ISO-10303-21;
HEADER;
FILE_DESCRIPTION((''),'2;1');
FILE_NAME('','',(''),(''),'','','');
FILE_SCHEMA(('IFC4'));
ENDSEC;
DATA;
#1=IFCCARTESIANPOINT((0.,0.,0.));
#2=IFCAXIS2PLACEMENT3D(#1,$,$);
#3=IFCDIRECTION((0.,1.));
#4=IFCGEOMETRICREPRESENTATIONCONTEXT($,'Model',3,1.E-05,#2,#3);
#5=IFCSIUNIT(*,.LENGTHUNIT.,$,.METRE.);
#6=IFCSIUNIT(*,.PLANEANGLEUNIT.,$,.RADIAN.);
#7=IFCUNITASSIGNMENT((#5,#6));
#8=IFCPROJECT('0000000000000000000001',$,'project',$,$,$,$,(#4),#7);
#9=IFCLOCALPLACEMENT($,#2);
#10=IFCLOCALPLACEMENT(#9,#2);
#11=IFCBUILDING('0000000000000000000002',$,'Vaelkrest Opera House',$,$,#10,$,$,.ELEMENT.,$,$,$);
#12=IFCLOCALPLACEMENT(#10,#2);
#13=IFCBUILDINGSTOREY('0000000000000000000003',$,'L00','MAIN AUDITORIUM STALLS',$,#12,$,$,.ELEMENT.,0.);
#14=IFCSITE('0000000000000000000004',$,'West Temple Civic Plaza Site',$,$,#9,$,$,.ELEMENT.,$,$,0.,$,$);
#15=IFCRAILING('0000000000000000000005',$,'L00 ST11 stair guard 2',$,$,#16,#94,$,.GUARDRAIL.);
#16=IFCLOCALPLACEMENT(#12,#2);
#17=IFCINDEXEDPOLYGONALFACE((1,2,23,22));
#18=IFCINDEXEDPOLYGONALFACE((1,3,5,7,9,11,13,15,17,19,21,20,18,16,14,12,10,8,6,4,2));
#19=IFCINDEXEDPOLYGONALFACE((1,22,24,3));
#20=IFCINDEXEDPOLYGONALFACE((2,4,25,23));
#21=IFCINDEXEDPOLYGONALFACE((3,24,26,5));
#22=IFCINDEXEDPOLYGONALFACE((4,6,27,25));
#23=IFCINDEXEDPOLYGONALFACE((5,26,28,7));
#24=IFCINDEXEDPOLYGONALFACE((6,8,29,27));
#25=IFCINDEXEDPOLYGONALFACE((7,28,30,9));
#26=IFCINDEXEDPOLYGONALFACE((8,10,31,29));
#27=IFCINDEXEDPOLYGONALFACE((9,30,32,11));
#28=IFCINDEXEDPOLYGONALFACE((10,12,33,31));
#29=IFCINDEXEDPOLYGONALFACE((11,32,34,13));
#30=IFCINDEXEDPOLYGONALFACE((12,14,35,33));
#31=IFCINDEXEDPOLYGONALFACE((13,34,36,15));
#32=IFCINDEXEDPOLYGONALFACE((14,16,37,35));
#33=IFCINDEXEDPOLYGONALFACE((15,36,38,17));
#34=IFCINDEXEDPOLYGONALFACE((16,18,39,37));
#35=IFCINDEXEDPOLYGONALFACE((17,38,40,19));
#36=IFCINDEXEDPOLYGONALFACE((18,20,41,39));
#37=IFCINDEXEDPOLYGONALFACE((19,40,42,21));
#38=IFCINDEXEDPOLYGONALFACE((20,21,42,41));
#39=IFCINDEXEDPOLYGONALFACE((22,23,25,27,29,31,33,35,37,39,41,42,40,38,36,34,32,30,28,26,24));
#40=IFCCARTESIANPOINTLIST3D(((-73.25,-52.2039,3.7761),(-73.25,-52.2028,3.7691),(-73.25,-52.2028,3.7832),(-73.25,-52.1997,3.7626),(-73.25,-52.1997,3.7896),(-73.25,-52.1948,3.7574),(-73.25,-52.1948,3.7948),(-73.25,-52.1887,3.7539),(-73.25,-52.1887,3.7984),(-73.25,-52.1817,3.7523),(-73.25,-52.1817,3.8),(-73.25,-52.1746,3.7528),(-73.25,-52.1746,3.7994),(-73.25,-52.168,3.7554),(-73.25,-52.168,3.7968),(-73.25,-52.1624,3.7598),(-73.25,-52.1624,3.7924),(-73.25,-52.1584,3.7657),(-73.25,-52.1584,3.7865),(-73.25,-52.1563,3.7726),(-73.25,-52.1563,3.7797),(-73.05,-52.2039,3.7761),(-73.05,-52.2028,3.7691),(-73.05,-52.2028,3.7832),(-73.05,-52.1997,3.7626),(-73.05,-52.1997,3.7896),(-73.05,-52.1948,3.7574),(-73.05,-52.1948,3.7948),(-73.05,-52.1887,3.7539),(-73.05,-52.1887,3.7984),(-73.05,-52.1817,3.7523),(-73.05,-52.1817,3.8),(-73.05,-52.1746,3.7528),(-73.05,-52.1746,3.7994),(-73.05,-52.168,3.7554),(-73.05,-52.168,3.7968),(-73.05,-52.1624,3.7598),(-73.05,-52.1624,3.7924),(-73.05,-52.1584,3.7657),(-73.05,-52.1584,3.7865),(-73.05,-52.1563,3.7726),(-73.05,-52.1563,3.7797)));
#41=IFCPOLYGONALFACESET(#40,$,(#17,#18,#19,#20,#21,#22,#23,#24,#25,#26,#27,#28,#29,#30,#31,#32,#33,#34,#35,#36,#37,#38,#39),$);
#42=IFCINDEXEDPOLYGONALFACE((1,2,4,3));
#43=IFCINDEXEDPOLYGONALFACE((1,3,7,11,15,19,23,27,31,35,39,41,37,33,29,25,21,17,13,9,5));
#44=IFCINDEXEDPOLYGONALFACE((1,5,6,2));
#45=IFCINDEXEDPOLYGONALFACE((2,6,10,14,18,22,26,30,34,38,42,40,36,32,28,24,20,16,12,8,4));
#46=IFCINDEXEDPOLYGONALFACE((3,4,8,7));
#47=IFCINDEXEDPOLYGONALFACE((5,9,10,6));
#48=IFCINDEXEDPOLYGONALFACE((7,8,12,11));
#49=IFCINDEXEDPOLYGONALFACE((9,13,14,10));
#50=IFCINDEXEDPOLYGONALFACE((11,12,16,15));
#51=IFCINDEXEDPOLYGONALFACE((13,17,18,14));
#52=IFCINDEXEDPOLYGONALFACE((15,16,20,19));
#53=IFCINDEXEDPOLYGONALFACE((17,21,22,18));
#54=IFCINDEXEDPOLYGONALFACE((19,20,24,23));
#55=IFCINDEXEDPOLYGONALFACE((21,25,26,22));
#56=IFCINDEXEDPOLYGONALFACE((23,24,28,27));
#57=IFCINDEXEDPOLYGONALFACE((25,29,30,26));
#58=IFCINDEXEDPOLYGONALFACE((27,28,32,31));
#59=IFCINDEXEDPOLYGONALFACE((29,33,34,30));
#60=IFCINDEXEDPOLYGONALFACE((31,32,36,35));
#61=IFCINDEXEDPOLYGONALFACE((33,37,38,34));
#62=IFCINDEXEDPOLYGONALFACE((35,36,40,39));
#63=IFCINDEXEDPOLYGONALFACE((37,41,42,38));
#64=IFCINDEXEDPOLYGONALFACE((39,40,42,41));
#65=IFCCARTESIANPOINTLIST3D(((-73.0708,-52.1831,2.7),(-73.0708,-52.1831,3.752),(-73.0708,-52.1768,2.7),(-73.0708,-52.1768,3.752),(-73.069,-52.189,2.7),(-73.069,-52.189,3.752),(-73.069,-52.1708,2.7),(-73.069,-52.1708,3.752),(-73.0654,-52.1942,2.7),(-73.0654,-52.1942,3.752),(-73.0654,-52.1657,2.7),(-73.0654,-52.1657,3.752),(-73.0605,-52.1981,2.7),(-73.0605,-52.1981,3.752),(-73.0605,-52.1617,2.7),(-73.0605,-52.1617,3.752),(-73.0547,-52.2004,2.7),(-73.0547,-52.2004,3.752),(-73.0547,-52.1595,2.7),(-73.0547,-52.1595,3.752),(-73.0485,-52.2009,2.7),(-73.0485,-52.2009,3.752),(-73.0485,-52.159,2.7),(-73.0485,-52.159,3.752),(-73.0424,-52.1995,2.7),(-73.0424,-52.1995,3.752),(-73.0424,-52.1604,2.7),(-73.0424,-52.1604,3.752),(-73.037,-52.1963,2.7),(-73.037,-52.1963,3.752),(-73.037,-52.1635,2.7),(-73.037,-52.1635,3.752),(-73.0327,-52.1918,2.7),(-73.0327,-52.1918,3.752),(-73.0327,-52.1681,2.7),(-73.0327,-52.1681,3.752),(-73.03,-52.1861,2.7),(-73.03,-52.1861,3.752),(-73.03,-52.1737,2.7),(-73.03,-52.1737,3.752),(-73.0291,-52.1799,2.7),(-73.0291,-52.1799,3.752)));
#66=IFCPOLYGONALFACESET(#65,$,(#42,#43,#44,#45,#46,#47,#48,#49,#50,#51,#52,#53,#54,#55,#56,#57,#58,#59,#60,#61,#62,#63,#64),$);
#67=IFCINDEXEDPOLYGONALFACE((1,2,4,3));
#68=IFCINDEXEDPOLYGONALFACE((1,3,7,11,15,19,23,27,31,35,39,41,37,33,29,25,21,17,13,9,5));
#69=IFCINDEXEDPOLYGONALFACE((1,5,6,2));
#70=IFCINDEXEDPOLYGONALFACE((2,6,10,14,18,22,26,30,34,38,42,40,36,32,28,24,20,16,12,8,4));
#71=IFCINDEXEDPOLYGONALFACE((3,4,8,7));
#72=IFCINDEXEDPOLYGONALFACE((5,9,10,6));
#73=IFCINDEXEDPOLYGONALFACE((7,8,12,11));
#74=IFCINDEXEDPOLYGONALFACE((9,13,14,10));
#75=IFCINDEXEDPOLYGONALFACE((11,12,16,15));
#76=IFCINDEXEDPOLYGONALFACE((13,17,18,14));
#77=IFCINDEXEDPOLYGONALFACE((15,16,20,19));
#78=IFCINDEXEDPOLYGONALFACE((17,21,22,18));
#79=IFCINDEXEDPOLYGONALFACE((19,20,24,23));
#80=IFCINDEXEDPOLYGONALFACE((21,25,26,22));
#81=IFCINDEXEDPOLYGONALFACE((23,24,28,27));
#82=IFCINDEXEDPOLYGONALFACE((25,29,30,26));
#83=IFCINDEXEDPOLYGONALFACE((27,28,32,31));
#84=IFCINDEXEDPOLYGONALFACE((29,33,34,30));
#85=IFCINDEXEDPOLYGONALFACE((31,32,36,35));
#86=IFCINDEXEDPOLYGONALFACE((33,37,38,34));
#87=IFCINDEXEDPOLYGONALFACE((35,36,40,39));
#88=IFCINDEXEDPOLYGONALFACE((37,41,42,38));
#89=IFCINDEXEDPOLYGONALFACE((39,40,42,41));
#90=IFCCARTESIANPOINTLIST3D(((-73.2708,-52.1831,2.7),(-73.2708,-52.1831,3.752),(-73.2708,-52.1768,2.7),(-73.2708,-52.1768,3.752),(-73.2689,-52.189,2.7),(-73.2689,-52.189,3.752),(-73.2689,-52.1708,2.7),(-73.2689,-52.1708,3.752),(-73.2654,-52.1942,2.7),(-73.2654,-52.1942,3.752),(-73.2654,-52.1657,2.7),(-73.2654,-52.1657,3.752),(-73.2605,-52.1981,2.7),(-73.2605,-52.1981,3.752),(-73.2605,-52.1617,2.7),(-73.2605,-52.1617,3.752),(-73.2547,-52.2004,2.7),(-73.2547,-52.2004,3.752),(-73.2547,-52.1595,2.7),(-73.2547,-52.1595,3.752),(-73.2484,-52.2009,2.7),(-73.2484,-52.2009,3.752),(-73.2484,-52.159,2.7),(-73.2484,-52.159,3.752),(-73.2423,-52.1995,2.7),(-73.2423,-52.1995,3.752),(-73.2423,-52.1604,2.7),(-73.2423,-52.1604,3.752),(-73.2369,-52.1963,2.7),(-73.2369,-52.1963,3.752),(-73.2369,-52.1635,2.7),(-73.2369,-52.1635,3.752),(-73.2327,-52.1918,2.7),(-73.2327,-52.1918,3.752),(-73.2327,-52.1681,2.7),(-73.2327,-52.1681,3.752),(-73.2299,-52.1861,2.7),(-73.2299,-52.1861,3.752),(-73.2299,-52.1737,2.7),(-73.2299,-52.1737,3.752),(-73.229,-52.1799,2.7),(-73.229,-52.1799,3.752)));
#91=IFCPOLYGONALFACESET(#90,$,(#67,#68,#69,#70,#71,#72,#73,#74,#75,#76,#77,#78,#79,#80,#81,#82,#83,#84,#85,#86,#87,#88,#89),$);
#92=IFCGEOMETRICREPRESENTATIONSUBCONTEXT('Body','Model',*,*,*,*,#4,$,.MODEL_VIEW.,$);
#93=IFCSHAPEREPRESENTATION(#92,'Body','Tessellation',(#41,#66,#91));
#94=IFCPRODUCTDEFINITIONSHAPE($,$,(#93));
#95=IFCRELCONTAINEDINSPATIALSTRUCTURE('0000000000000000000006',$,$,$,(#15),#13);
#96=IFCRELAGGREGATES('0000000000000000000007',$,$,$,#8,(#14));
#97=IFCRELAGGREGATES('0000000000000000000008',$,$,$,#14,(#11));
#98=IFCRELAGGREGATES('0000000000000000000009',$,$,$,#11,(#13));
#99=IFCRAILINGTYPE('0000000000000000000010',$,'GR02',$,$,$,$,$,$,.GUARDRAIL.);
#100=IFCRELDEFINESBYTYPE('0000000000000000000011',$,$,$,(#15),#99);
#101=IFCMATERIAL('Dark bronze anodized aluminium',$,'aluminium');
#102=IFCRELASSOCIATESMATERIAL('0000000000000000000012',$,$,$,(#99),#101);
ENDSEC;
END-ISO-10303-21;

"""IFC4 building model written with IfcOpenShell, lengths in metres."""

from ifc_helpers import new_model, si_unit, direction, frame, origin, origin_2d, place, context, subcontext, project, spatial, circle, extrude, material, type_object, element, save


model = new_model("IFC4")

# Units and contexts
model_context = context("Model", 3, precision=1e-05, world=origin(), true_north=direction((0.0, 1.0)))
body_context = subcontext(model_context, "Body", "Model", "MODEL_VIEW")
ifc_project = project(units=[si_unit("LENGTHUNIT", "METRE"), si_unit("PLANEANGLEUNIT", "RADIAN")], contexts=[model_context])

# Site, building, storey
site_placement = place(None, origin())
site = spatial("IfcSite", under=ifc_project, at=site_placement, Name="West Temple Civic Plaza Site", CompositionType="ELEMENT", RefElevation=0.0)
building_placement = place(site_placement, origin())
building = spatial("IfcBuilding", under=site, at=building_placement, Name="Vaelkrest Opera House", CompositionType="ELEMENT")
storey_placement = place(building_placement, origin())
storey = spatial("IfcBuildingStorey", under=building, at=storey_placement, Name="L00", Description="MAIN AUDITORIUM STALLS", CompositionType="ELEMENT", Elevation=0.0)

# Shared definitions
ifc_material_1 = material(Name="Dark bronze anodized aluminium", Category="aluminium")

# Railing
railing_type_1 = type_object("IfcRailingType", Name="GR02", PredefinedType="GUARDRAIL", material=ifc_material_1)
railing_1_placement = place(storey_placement, frame((-73.05, -52.1799, 2.7)))
element("IfcRailing", 1, at=railing_1_placement, inside=storey, type_object=railing_type_1, Name="L00 ST11 stair guard 2", PredefinedType="GUARDRAIL", context=body_context, shape_type="SweptSolid", body=[
    extrude(circle(Radius=0.0239, at=origin_2d()), frame((0.0, 0.0, 1.0762), z_axis=(-1.0, 0.0, 0.0), x_axis=(0.0, -1.0, 0.0)), (0.0, 0.0, 1.0), 0.2),
    extrude(circle(Radius=0.021, at=origin_2d()), origin(), (0.0, 0.0, 1.0), 1.052),
    extrude(circle(Radius=0.021, at=origin_2d()), frame((-0.2, 0.0, 0.0)), (0.0, 0.0, 1.0), 1.052),
])

save(model, "model.ifc")
